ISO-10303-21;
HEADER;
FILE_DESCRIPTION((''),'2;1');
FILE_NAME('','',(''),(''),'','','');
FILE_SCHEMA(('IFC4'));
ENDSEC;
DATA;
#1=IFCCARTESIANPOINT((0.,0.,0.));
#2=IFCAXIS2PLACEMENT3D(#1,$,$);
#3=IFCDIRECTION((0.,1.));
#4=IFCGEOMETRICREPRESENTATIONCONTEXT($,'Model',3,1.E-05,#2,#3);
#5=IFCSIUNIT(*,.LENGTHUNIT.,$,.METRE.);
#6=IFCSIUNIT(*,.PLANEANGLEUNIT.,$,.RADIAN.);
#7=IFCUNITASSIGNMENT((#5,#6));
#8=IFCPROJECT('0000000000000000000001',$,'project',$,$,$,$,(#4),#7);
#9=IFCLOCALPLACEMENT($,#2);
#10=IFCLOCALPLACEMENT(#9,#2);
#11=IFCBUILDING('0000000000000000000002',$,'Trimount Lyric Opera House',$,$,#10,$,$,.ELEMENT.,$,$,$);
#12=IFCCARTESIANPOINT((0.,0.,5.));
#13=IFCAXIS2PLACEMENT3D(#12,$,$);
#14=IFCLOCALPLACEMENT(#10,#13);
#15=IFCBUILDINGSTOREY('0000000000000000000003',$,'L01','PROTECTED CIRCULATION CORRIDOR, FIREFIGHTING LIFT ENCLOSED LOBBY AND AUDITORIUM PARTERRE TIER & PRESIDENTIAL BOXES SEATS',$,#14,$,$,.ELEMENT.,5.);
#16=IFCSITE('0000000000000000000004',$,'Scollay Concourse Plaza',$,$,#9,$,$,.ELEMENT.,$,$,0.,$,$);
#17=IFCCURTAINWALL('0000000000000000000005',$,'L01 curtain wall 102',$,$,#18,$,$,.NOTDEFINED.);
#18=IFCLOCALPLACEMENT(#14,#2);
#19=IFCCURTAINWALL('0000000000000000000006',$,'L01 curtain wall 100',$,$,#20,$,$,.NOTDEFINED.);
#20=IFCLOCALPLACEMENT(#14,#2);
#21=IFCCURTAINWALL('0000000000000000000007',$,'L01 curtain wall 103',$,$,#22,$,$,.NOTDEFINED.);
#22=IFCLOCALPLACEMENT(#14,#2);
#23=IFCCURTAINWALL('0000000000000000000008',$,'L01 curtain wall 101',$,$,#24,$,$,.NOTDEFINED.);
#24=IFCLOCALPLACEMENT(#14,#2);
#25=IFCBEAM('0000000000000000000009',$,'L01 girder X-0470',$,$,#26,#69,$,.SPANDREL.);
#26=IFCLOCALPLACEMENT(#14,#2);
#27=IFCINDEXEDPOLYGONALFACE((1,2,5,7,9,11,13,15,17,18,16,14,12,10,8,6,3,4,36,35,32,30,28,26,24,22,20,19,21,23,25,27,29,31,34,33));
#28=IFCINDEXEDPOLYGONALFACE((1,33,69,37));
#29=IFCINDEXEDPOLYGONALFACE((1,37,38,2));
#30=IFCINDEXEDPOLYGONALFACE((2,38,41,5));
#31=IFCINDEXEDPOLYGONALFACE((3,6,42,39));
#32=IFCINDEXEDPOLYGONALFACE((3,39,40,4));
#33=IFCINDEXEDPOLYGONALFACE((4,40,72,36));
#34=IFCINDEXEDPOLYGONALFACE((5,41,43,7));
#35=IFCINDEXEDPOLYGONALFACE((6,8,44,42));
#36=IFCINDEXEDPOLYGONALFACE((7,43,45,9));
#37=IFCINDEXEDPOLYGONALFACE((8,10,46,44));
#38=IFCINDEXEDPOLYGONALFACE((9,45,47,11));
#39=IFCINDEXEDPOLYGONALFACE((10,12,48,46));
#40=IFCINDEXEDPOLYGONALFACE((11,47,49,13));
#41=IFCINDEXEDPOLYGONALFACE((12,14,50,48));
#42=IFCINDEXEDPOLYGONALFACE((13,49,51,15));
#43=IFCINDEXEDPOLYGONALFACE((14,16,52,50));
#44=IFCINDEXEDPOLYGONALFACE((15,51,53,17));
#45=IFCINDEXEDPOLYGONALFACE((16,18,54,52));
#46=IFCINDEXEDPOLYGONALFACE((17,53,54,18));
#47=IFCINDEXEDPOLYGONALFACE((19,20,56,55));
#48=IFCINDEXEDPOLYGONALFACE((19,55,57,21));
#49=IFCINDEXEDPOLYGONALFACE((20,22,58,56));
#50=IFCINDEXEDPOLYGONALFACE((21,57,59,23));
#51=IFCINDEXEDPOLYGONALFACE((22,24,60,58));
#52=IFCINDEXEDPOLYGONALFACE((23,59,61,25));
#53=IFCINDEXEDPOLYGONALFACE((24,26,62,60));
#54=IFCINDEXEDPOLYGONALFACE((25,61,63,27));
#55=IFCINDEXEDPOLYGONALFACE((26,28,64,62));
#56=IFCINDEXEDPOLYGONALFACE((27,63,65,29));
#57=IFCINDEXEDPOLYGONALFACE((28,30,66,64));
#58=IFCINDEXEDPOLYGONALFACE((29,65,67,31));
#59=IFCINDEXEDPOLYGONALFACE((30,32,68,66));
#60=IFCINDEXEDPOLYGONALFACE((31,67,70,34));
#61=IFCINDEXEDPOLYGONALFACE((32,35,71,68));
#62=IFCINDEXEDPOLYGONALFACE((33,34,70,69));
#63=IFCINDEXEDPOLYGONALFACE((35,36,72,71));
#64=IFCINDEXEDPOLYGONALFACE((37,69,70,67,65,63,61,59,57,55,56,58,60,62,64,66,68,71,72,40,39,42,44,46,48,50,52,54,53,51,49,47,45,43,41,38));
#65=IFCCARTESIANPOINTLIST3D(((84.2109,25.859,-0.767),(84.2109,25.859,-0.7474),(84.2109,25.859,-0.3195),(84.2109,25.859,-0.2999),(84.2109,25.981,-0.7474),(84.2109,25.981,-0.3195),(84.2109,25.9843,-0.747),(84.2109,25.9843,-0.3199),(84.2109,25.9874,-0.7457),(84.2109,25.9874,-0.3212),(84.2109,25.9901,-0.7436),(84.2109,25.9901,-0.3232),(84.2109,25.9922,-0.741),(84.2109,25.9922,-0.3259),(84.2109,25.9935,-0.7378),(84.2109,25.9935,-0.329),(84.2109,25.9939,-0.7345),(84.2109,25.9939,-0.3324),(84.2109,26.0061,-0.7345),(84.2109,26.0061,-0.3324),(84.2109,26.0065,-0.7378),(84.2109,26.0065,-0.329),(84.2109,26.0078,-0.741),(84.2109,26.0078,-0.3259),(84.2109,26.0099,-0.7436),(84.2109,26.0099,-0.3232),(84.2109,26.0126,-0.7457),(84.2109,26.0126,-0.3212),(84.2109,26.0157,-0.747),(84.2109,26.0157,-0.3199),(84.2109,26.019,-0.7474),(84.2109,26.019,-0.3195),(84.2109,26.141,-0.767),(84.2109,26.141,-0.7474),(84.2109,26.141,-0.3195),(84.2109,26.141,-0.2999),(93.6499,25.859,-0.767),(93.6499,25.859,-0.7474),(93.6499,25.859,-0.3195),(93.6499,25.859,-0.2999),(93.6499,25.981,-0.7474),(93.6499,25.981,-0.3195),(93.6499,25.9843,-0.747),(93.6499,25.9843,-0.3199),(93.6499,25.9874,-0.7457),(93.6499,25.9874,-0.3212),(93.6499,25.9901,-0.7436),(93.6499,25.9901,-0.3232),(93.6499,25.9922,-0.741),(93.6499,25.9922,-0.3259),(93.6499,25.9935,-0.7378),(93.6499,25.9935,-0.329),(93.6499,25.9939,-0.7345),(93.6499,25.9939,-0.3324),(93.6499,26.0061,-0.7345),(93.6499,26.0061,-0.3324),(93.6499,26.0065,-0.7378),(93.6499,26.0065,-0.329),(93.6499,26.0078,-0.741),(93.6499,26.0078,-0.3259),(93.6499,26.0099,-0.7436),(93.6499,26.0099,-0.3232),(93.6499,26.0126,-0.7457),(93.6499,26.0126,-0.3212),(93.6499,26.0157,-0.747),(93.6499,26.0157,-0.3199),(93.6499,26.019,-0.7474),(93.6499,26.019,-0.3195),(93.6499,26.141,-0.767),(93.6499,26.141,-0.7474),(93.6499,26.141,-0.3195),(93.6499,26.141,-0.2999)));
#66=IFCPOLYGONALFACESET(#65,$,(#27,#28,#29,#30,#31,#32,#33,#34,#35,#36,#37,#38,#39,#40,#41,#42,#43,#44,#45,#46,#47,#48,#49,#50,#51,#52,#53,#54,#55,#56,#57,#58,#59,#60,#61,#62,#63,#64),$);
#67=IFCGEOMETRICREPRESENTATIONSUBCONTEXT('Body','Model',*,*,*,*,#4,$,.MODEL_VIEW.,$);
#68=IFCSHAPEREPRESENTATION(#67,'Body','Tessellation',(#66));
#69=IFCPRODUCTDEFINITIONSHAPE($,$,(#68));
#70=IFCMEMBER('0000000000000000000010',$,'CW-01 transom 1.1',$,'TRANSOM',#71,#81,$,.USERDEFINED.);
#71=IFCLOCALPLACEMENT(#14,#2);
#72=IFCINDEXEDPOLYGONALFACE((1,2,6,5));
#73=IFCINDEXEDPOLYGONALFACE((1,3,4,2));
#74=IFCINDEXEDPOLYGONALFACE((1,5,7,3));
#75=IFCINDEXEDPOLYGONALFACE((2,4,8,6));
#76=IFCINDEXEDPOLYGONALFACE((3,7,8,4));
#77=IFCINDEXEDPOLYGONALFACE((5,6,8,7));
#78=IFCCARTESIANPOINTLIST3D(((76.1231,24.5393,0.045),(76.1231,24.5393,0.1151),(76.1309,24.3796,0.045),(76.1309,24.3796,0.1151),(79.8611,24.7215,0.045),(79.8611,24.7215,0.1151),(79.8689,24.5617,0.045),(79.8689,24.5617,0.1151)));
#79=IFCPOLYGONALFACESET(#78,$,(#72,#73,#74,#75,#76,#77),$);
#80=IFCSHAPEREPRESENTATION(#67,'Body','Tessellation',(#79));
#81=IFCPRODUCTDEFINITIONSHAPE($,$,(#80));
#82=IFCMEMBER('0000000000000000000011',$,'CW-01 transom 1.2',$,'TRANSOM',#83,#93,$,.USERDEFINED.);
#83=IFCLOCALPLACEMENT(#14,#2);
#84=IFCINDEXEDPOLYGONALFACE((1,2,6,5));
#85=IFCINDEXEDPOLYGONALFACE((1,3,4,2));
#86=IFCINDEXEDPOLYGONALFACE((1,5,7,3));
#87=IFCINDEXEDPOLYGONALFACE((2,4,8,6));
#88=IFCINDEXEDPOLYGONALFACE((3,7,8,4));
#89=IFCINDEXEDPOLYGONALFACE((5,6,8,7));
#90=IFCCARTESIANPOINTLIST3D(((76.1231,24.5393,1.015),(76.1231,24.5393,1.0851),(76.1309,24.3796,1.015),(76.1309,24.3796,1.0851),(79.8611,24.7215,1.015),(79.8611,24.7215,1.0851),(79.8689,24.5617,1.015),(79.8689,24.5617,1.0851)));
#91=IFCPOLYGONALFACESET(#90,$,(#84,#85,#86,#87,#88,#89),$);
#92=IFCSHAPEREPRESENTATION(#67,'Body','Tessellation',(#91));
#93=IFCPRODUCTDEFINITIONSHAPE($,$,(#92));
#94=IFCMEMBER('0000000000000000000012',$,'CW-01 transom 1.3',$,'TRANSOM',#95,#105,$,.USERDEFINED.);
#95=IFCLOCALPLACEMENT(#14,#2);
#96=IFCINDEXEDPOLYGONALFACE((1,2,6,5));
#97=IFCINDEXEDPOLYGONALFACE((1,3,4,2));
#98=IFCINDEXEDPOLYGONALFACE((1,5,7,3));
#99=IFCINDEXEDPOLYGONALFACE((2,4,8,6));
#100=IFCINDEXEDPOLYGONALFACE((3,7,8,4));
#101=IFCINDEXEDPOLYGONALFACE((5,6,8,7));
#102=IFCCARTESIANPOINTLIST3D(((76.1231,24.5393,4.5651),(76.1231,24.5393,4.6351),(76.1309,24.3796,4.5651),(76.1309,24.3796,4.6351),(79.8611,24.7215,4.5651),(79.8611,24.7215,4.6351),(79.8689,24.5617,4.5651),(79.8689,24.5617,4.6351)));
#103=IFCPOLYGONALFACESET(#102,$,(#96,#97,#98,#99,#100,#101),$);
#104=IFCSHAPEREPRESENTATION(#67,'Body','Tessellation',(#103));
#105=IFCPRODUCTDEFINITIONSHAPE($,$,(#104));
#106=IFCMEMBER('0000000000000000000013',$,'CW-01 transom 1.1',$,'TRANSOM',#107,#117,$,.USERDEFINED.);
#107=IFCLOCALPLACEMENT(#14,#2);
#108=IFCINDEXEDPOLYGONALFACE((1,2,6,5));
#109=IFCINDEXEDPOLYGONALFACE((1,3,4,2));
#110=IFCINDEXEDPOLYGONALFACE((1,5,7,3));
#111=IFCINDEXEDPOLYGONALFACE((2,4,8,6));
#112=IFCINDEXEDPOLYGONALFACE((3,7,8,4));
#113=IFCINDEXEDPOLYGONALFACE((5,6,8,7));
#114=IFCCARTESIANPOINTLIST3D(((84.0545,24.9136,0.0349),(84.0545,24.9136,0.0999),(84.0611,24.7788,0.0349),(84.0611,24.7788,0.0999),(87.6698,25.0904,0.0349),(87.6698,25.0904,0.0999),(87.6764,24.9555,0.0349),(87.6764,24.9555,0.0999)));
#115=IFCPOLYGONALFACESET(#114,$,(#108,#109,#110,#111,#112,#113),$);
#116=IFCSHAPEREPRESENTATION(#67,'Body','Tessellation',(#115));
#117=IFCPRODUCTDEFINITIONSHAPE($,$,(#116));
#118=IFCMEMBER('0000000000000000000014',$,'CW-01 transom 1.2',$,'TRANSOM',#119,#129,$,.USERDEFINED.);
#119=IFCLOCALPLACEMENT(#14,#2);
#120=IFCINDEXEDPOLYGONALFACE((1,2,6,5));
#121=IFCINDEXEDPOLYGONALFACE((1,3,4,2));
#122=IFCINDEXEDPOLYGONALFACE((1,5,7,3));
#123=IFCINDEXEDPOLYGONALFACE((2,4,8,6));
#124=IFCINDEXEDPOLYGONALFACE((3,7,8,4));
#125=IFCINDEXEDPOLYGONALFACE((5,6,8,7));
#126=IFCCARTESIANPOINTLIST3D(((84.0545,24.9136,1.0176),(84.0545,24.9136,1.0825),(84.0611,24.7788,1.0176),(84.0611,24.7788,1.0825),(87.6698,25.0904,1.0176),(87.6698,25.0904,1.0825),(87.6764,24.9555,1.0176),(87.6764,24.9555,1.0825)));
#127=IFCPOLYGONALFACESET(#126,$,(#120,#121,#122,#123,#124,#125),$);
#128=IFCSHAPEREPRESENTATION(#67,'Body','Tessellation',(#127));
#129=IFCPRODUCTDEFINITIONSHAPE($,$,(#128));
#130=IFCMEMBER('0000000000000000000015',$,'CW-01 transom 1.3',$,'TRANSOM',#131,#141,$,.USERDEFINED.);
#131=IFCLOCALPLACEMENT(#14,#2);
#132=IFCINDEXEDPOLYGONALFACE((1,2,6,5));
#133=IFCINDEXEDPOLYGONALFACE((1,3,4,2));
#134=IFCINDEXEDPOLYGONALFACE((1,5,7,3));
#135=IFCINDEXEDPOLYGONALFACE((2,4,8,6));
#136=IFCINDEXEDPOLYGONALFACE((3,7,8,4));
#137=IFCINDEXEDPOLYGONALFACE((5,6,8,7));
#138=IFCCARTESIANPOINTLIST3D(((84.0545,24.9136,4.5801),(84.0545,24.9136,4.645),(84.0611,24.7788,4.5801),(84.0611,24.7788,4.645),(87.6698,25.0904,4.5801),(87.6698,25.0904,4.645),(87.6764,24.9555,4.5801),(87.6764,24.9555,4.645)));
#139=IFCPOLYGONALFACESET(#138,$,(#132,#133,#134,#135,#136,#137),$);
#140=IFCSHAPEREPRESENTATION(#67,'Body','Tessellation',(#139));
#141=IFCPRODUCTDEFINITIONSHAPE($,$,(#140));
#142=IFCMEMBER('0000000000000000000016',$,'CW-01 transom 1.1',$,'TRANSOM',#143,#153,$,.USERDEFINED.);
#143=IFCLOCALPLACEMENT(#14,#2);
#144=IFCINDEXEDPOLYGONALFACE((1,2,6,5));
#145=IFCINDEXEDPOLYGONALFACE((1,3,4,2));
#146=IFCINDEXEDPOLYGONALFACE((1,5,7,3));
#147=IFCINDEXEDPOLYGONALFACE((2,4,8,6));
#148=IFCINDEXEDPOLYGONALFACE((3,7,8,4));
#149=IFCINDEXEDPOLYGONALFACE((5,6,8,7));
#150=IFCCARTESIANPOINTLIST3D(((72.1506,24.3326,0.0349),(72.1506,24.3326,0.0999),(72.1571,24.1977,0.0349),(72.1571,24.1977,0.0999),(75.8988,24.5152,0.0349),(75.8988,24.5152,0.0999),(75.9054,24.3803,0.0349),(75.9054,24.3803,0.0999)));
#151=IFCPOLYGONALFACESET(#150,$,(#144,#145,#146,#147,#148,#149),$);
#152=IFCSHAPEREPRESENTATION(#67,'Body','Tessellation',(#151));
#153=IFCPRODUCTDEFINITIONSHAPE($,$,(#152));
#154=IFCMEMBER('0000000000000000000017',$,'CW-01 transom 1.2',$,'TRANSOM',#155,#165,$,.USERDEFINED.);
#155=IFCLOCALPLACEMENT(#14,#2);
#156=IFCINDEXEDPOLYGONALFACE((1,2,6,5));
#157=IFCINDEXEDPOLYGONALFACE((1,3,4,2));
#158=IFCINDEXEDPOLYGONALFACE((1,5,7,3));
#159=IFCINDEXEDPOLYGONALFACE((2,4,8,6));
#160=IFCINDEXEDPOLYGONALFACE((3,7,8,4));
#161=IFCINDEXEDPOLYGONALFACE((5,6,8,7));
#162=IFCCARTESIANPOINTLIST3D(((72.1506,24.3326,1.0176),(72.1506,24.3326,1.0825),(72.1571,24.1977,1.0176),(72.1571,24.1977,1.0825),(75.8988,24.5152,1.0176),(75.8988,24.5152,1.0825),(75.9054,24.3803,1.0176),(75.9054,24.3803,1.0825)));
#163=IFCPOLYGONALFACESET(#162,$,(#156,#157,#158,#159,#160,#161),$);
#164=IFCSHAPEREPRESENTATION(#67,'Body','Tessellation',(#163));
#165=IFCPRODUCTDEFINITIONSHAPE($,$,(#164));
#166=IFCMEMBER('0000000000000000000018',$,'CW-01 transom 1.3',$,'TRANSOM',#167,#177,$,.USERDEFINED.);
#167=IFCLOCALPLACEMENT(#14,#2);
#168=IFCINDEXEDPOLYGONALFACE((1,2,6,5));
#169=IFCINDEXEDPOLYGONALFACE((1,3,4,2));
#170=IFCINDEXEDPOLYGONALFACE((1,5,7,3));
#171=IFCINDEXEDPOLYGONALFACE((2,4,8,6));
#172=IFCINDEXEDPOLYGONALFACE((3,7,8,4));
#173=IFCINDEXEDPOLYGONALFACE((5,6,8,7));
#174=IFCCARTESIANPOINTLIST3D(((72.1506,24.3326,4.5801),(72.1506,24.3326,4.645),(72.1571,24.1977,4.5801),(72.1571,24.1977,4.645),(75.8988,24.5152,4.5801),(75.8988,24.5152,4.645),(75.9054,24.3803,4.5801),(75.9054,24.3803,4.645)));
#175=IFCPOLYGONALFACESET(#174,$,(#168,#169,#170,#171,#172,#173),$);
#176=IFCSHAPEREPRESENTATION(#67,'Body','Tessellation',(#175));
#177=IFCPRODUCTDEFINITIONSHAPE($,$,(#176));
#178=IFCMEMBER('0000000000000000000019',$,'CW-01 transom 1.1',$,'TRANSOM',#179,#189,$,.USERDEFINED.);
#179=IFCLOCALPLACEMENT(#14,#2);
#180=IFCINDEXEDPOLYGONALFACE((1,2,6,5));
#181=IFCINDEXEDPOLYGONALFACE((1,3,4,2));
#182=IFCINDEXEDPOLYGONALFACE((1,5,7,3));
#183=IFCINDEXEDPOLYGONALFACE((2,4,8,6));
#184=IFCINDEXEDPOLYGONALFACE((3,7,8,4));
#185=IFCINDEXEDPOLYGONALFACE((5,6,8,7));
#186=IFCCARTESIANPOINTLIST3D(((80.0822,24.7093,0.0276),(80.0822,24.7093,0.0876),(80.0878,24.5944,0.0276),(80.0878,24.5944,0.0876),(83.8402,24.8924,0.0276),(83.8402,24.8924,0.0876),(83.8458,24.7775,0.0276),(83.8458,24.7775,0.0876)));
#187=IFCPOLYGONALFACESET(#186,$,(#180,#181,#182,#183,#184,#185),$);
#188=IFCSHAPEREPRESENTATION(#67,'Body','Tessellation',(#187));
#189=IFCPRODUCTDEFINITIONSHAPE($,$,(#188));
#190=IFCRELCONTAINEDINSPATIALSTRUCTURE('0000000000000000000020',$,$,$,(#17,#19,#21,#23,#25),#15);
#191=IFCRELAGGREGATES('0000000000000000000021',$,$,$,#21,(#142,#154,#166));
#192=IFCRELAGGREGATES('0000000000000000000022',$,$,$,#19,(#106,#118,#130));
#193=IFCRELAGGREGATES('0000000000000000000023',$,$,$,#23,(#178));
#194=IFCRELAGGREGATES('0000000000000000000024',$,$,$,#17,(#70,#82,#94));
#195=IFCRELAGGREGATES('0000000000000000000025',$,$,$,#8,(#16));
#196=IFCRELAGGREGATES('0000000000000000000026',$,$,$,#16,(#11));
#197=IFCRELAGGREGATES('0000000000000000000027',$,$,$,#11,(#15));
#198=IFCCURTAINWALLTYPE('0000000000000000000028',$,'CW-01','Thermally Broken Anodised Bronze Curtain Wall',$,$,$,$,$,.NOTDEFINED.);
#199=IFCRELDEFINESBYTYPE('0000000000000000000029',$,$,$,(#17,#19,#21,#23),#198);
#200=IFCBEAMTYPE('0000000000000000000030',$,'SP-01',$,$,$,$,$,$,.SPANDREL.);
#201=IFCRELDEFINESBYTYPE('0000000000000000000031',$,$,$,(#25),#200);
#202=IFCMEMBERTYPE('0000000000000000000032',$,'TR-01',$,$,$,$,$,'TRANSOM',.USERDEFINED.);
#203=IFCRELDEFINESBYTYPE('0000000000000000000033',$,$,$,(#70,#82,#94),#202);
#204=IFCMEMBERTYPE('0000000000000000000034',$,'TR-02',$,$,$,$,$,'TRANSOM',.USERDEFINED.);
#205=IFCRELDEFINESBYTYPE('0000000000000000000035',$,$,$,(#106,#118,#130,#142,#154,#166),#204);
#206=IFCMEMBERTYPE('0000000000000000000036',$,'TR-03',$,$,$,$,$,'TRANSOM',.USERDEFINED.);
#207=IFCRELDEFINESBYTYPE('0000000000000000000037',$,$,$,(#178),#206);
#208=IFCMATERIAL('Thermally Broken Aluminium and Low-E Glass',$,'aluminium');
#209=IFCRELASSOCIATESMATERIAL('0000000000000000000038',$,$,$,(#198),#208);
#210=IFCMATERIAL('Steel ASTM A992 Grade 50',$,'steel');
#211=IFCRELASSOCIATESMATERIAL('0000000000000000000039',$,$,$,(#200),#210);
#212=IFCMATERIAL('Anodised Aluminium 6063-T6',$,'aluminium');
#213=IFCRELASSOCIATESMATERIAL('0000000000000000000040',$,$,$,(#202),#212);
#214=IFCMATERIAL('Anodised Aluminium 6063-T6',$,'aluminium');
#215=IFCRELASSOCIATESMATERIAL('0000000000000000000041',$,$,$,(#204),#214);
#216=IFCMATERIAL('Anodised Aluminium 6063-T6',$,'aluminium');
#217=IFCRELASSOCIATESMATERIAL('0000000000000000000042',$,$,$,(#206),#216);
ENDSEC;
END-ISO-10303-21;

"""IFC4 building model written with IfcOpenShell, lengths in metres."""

from ifc_helpers import new_model, si_unit, direction, frame, origin, origin_2d, place, context, subcontext, project, spatial, rectangle, i_section, extrude, material, material_profile, profile_set, type_object, element, aggregate, save


model = new_model("IFC4")

# Units and contexts
model_context = context("Model", 3, precision=1e-05, world=origin(), true_north=direction((0.0, 1.0)))
body_context = subcontext(model_context, "Body", "Model", "MODEL_VIEW")
ifc_project = project(units=[si_unit("LENGTHUNIT", "METRE"), si_unit("PLANEANGLEUNIT", "RADIAN")], contexts=[model_context])

# Site, building, storey
site_placement = place(None, origin())
site = spatial("IfcSite", under=ifc_project, at=site_placement, Name="Scollay Concourse Plaza", CompositionType="ELEMENT", RefElevation=0.0)
building_placement = place(site_placement, origin())
building = spatial("IfcBuilding", under=site, at=building_placement, Name="Trimount Lyric Opera House", CompositionType="ELEMENT")
storey_placement = place(building_placement, frame((0.0, 0.0, 5.0)))
storey = spatial("IfcBuildingStorey", under=building, at=storey_placement, Name="L01", Description="PROTECTED CIRCULATION CORRIDOR, FIREFIGHTING LIFT ENCLOSED LOBBY AND AUDITORIUM PARTERRE TIER & PRESIDENTIAL BOXES SEATS", CompositionType="ELEMENT", Elevation=5.0)

# Shared definitions
ifc_material_1 = material(Name="Thermally Broken Aluminium and Low-E Glass", Category="aluminium")
curtain_wall_type = type_object("IfcCurtainWallType", Name="CW-01", Description="Thermally Broken Anodised Bronze Curtain Wall", PredefinedType="NOTDEFINED", material=ifc_material_1)

# Curtain walls
curtain_wall_1_placement = place(storey_placement, origin())
curtain_wall_1 = element("IfcCurtainWall", 1, at=curtain_wall_1_placement, inside=storey, type_object=curtain_wall_type, Name="L01 curtain wall 102", PredefinedType="NOTDEFINED")
curtain_wall_2_placement = place(storey_placement, origin())
curtain_wall_2 = element("IfcCurtainWall", 2, at=curtain_wall_2_placement, inside=storey, type_object=curtain_wall_type, Name="L01 curtain wall 100", PredefinedType="NOTDEFINED")

# Curtain wall
curtain_wall_3_placement = place(storey_placement, origin())
curtain_wall_3 = element("IfcCurtainWall", 3, at=curtain_wall_3_placement, inside=storey, type_object=curtain_wall_type, Name="L01 curtain wall 103", PredefinedType="NOTDEFINED")

# Curtain wall
curtain_wall_4_placement = place(storey_placement, origin())
curtain_wall_4 = element("IfcCurtainWall", 4, at=curtain_wall_4_placement, inside=storey, type_object=curtain_wall_type, Name="L01 curtain wall 101", PredefinedType="NOTDEFINED")

# Beam
ifc_material_2 = material(Name="Steel ASTM A992 Grade 50", Category="steel")
ifc_material_profile_1 = material_profile(ifc_material_2, i_section(OverallWidth=0.282, OverallDepth=0.467, WebThickness=0.0122, FlangeThickness=0.0195, FilletRadius=0.0129, at=origin_2d()), Name="W18X86")
ifc_profile_set_1 = profile_set([ifc_material_profile_1], Name="Steel ASTM A992 Grade 50")
beam_type = type_object("IfcBeamType", Name="SP-01", PredefinedType="SPANDREL", material=ifc_profile_set_1)
beam_placement = place(storey_placement, frame((84.2109, 26.0, -0.5334), z_axis=(1.0, 0.0, 0.0), x_axis=(0.0, 1.0, 0.0)))
element("IfcBeam", 5, at=beam_placement, inside=storey, type_object=beam_type, Name="L01 girder X-0470", PredefinedType="SPANDREL", context=body_context, shape_type="SweptSolid", body=[
    extrude(i_section(OverallWidth=0.282, OverallDepth=0.467, WebThickness=0.0122, FlangeThickness=0.0195, FilletRadius=0.0129, at=origin_2d()), origin(), (0.0, 0.0, 1.0), 9.439),
])

# Members
ifc_material_3 = material(Name="Anodised Aluminium 6063-T6", Category="aluminium")
ifc_material_profile_2 = material_profile(ifc_material_3, rectangle(XDim=0.1599, YDim=0.0701, at=origin_2d()), Name="ALU-TRAN-70X160")
ifc_profile_set_2 = profile_set([ifc_material_profile_2], Name="Anodised Aluminium 6063-T6")
member_type_1 = type_object("IfcMemberType", Name="TR-01", ElementType="TRANSOM", PredefinedType="USERDEFINED", material=ifc_profile_set_2)
member_1_placement = place(storey_placement, frame((79.865, 24.6416, 0.0801), z_axis=(-0.998815, -0.048665, 0.0), x_axis=(0.048665, -0.998815, 0.0)))
member_1 = element("IfcMember", 6, at=member_1_placement, type_object=member_type_1, Name="CW-01 transom 1.1", ObjectType="TRANSOM", PredefinedType="USERDEFINED", context=body_context, shape_type="SweptSolid", body=[
    extrude(rectangle(XDim=0.1599, YDim=0.0701, at=origin_2d()), origin(), (0.0, 0.0, 1.0), 3.7424),
])
member_2_placement = place(storey_placement, frame((79.865, 24.6416, 1.05), z_axis=(-0.998815, -0.048665, 0.0), x_axis=(0.048665, -0.998815, 0.0)))
member_2 = element("IfcMember", 7, at=member_2_placement, type_object=member_type_1, Name="CW-01 transom 1.2", ObjectType="TRANSOM", PredefinedType="USERDEFINED", context=body_context, shape_type="SweptSolid", body=[
    extrude(rectangle(XDim=0.1599, YDim=0.0701, at=origin_2d()), origin(), (0.0, 0.0, 1.0), 3.7424),
])
member_3_placement = place(storey_placement, frame((79.865, 24.6416, 4.6001), z_axis=(-0.998815, -0.048665, 0.0), x_axis=(0.048665, -0.998815, 0.0)))
member_3 = element("IfcMember", 8, at=member_3_placement, type_object=member_type_1, Name="CW-01 transom 1.3", ObjectType="TRANSOM", PredefinedType="USERDEFINED", context=body_context, shape_type="SweptSolid", body=[
    extrude(rectangle(XDim=0.1599, YDim=0.0701, at=origin_2d()), origin(), (0.0, 0.0, 1.0), 3.7424),
])
ifc_material_4 = material(Name="Anodised Aluminium 6063-T6", Category="aluminium")
ifc_material_profile_3 = material_profile(ifc_material_4, rectangle(XDim=0.135, YDim=0.0649, at=origin_2d()), Name="ALU-TRAN-65X135")
ifc_profile_set_3 = profile_set([ifc_material_profile_3], Name="Anodised Aluminium 6063-T6")
member_type_2 = type_object("IfcMemberType", Name="TR-02", ElementType="TRANSOM", PredefinedType="USERDEFINED", material=ifc_profile_set_3)
member_4_placement = place(storey_placement, frame((87.6731, 25.0229, 0.0674), z_axis=(-0.998807, -0.048834, 0.0), x_axis=(0.048834, -0.998807, 0.0)))
member_4 = element("IfcMember", 9, at=member_4_placement, type_object=member_type_2, Name="CW-01 transom 1.1", ObjectType="TRANSOM", PredefinedType="USERDEFINED", context=body_context, shape_type="SweptSolid", body=[
    extrude(rectangle(XDim=0.135, YDim=0.0649, at=origin_2d()), origin(), (0.0, 0.0, 1.0), 3.6196),
])
member_5_placement = place(storey_placement, frame((87.6731, 25.0229, 1.05), z_axis=(-0.998807, -0.048834, 0.0), x_axis=(0.048834, -0.998807, 0.0)))
member_5 = element("IfcMember", 10, at=member_5_placement, type_object=member_type_2, Name="CW-01 transom 1.2", ObjectType="TRANSOM", PredefinedType="USERDEFINED", context=body_context, shape_type="SweptSolid", body=[
    extrude(rectangle(XDim=0.135, YDim=0.0649, at=origin_2d()), origin(), (0.0, 0.0, 1.0), 3.6196),
])
member_6_placement = place(storey_placement, frame((87.6731, 25.0229, 4.6125), z_axis=(-0.998807, -0.048834, 0.0), x_axis=(0.048834, -0.998807, 0.0)))
member_6 = element("IfcMember", 11, at=member_6_placement, type_object=member_type_2, Name="CW-01 transom 1.3", ObjectType="TRANSOM", PredefinedType="USERDEFINED", context=body_context, shape_type="SweptSolid", body=[
    extrude(rectangle(XDim=0.135, YDim=0.0649, at=origin_2d()), origin(), (0.0, 0.0, 1.0), 3.6196),
])
member_7_placement = place(storey_placement, frame((75.9021, 24.4478, 0.0674), z_axis=(-0.998815, -0.048662, 0.0), x_axis=(0.048662, -0.998815, 0.0)))
member_7 = element("IfcMember", 12, at=member_7_placement, type_object=member_type_2, Name="CW-01 transom 1.1", ObjectType="TRANSOM", PredefinedType="USERDEFINED", context=body_context, shape_type="SweptSolid", body=[
    extrude(rectangle(XDim=0.135, YDim=0.0649, at=origin_2d()), origin(), (0.0, 0.0, 1.0), 3.7527),
])
member_8_placement = place(storey_placement, frame((75.9021, 24.4478, 1.05), z_axis=(-0.998815, -0.048662, 0.0), x_axis=(0.048662, -0.998815, 0.0)))
member_8 = element("IfcMember", 13, at=member_8_placement, type_object=member_type_2, Name="CW-01 transom 1.2", ObjectType="TRANSOM", PredefinedType="USERDEFINED", context=body_context, shape_type="SweptSolid", body=[
    extrude(rectangle(XDim=0.135, YDim=0.0649, at=origin_2d()), origin(), (0.0, 0.0, 1.0), 3.7527),
])
member_9_placement = place(storey_placement, frame((75.9021, 24.4478, 4.6125), z_axis=(-0.998815, -0.048662, 0.0), x_axis=(0.048662, -0.998815, 0.0)))
member_9 = element("IfcMember", 14, at=member_9_placement, type_object=member_type_2, Name="CW-01 transom 1.3", ObjectType="TRANSOM", PredefinedType="USERDEFINED", context=body_context, shape_type="SweptSolid", body=[
    extrude(rectangle(XDim=0.135, YDim=0.0649, at=origin_2d()), origin(), (0.0, 0.0, 1.0), 3.7527),
])
aggregate(curtain_wall_3, [member_7, member_8, member_9])
ifc_material_5 = material(Name="Anodised Aluminium 6063-T6", Category="aluminium")
ifc_material_profile_4 = material_profile(ifc_material_5, rectangle(XDim=0.115, YDim=0.0601, at=origin_2d()), Name="ALU-TRAN-60X115")
ifc_profile_set_4 = profile_set([ifc_material_profile_4], Name="Anodised Aluminium 6063-T6")
member_type_3 = type_object("IfcMemberType", Name="TR-03", ElementType="TRANSOM", PredefinedType="USERDEFINED", material=ifc_profile_set_4)
member_10_placement = place(storey_placement, frame((83.843, 24.835, 0.0576), z_axis=(-0.998815, -0.048666, 0.0), x_axis=(0.048666, -0.998815, 0.0)))
member_10 = element("IfcMember", 15, at=member_10_placement, type_object=member_type_3, Name="CW-01 transom 1.1", ObjectType="TRANSOM", PredefinedType="USERDEFINED", context=body_context, shape_type="SweptSolid", body=[
    extrude(rectangle(XDim=0.115, YDim=0.0601, at=origin_2d()), origin(), (0.0, 0.0, 1.0), 3.7625),
])

aggregate(curtain_wall_2, [member_4, member_5, member_6])
aggregate(curtain_wall_4, [member_10])
aggregate(curtain_wall_1, [member_1, member_2, member_3])

save(model, "model.ifc")
